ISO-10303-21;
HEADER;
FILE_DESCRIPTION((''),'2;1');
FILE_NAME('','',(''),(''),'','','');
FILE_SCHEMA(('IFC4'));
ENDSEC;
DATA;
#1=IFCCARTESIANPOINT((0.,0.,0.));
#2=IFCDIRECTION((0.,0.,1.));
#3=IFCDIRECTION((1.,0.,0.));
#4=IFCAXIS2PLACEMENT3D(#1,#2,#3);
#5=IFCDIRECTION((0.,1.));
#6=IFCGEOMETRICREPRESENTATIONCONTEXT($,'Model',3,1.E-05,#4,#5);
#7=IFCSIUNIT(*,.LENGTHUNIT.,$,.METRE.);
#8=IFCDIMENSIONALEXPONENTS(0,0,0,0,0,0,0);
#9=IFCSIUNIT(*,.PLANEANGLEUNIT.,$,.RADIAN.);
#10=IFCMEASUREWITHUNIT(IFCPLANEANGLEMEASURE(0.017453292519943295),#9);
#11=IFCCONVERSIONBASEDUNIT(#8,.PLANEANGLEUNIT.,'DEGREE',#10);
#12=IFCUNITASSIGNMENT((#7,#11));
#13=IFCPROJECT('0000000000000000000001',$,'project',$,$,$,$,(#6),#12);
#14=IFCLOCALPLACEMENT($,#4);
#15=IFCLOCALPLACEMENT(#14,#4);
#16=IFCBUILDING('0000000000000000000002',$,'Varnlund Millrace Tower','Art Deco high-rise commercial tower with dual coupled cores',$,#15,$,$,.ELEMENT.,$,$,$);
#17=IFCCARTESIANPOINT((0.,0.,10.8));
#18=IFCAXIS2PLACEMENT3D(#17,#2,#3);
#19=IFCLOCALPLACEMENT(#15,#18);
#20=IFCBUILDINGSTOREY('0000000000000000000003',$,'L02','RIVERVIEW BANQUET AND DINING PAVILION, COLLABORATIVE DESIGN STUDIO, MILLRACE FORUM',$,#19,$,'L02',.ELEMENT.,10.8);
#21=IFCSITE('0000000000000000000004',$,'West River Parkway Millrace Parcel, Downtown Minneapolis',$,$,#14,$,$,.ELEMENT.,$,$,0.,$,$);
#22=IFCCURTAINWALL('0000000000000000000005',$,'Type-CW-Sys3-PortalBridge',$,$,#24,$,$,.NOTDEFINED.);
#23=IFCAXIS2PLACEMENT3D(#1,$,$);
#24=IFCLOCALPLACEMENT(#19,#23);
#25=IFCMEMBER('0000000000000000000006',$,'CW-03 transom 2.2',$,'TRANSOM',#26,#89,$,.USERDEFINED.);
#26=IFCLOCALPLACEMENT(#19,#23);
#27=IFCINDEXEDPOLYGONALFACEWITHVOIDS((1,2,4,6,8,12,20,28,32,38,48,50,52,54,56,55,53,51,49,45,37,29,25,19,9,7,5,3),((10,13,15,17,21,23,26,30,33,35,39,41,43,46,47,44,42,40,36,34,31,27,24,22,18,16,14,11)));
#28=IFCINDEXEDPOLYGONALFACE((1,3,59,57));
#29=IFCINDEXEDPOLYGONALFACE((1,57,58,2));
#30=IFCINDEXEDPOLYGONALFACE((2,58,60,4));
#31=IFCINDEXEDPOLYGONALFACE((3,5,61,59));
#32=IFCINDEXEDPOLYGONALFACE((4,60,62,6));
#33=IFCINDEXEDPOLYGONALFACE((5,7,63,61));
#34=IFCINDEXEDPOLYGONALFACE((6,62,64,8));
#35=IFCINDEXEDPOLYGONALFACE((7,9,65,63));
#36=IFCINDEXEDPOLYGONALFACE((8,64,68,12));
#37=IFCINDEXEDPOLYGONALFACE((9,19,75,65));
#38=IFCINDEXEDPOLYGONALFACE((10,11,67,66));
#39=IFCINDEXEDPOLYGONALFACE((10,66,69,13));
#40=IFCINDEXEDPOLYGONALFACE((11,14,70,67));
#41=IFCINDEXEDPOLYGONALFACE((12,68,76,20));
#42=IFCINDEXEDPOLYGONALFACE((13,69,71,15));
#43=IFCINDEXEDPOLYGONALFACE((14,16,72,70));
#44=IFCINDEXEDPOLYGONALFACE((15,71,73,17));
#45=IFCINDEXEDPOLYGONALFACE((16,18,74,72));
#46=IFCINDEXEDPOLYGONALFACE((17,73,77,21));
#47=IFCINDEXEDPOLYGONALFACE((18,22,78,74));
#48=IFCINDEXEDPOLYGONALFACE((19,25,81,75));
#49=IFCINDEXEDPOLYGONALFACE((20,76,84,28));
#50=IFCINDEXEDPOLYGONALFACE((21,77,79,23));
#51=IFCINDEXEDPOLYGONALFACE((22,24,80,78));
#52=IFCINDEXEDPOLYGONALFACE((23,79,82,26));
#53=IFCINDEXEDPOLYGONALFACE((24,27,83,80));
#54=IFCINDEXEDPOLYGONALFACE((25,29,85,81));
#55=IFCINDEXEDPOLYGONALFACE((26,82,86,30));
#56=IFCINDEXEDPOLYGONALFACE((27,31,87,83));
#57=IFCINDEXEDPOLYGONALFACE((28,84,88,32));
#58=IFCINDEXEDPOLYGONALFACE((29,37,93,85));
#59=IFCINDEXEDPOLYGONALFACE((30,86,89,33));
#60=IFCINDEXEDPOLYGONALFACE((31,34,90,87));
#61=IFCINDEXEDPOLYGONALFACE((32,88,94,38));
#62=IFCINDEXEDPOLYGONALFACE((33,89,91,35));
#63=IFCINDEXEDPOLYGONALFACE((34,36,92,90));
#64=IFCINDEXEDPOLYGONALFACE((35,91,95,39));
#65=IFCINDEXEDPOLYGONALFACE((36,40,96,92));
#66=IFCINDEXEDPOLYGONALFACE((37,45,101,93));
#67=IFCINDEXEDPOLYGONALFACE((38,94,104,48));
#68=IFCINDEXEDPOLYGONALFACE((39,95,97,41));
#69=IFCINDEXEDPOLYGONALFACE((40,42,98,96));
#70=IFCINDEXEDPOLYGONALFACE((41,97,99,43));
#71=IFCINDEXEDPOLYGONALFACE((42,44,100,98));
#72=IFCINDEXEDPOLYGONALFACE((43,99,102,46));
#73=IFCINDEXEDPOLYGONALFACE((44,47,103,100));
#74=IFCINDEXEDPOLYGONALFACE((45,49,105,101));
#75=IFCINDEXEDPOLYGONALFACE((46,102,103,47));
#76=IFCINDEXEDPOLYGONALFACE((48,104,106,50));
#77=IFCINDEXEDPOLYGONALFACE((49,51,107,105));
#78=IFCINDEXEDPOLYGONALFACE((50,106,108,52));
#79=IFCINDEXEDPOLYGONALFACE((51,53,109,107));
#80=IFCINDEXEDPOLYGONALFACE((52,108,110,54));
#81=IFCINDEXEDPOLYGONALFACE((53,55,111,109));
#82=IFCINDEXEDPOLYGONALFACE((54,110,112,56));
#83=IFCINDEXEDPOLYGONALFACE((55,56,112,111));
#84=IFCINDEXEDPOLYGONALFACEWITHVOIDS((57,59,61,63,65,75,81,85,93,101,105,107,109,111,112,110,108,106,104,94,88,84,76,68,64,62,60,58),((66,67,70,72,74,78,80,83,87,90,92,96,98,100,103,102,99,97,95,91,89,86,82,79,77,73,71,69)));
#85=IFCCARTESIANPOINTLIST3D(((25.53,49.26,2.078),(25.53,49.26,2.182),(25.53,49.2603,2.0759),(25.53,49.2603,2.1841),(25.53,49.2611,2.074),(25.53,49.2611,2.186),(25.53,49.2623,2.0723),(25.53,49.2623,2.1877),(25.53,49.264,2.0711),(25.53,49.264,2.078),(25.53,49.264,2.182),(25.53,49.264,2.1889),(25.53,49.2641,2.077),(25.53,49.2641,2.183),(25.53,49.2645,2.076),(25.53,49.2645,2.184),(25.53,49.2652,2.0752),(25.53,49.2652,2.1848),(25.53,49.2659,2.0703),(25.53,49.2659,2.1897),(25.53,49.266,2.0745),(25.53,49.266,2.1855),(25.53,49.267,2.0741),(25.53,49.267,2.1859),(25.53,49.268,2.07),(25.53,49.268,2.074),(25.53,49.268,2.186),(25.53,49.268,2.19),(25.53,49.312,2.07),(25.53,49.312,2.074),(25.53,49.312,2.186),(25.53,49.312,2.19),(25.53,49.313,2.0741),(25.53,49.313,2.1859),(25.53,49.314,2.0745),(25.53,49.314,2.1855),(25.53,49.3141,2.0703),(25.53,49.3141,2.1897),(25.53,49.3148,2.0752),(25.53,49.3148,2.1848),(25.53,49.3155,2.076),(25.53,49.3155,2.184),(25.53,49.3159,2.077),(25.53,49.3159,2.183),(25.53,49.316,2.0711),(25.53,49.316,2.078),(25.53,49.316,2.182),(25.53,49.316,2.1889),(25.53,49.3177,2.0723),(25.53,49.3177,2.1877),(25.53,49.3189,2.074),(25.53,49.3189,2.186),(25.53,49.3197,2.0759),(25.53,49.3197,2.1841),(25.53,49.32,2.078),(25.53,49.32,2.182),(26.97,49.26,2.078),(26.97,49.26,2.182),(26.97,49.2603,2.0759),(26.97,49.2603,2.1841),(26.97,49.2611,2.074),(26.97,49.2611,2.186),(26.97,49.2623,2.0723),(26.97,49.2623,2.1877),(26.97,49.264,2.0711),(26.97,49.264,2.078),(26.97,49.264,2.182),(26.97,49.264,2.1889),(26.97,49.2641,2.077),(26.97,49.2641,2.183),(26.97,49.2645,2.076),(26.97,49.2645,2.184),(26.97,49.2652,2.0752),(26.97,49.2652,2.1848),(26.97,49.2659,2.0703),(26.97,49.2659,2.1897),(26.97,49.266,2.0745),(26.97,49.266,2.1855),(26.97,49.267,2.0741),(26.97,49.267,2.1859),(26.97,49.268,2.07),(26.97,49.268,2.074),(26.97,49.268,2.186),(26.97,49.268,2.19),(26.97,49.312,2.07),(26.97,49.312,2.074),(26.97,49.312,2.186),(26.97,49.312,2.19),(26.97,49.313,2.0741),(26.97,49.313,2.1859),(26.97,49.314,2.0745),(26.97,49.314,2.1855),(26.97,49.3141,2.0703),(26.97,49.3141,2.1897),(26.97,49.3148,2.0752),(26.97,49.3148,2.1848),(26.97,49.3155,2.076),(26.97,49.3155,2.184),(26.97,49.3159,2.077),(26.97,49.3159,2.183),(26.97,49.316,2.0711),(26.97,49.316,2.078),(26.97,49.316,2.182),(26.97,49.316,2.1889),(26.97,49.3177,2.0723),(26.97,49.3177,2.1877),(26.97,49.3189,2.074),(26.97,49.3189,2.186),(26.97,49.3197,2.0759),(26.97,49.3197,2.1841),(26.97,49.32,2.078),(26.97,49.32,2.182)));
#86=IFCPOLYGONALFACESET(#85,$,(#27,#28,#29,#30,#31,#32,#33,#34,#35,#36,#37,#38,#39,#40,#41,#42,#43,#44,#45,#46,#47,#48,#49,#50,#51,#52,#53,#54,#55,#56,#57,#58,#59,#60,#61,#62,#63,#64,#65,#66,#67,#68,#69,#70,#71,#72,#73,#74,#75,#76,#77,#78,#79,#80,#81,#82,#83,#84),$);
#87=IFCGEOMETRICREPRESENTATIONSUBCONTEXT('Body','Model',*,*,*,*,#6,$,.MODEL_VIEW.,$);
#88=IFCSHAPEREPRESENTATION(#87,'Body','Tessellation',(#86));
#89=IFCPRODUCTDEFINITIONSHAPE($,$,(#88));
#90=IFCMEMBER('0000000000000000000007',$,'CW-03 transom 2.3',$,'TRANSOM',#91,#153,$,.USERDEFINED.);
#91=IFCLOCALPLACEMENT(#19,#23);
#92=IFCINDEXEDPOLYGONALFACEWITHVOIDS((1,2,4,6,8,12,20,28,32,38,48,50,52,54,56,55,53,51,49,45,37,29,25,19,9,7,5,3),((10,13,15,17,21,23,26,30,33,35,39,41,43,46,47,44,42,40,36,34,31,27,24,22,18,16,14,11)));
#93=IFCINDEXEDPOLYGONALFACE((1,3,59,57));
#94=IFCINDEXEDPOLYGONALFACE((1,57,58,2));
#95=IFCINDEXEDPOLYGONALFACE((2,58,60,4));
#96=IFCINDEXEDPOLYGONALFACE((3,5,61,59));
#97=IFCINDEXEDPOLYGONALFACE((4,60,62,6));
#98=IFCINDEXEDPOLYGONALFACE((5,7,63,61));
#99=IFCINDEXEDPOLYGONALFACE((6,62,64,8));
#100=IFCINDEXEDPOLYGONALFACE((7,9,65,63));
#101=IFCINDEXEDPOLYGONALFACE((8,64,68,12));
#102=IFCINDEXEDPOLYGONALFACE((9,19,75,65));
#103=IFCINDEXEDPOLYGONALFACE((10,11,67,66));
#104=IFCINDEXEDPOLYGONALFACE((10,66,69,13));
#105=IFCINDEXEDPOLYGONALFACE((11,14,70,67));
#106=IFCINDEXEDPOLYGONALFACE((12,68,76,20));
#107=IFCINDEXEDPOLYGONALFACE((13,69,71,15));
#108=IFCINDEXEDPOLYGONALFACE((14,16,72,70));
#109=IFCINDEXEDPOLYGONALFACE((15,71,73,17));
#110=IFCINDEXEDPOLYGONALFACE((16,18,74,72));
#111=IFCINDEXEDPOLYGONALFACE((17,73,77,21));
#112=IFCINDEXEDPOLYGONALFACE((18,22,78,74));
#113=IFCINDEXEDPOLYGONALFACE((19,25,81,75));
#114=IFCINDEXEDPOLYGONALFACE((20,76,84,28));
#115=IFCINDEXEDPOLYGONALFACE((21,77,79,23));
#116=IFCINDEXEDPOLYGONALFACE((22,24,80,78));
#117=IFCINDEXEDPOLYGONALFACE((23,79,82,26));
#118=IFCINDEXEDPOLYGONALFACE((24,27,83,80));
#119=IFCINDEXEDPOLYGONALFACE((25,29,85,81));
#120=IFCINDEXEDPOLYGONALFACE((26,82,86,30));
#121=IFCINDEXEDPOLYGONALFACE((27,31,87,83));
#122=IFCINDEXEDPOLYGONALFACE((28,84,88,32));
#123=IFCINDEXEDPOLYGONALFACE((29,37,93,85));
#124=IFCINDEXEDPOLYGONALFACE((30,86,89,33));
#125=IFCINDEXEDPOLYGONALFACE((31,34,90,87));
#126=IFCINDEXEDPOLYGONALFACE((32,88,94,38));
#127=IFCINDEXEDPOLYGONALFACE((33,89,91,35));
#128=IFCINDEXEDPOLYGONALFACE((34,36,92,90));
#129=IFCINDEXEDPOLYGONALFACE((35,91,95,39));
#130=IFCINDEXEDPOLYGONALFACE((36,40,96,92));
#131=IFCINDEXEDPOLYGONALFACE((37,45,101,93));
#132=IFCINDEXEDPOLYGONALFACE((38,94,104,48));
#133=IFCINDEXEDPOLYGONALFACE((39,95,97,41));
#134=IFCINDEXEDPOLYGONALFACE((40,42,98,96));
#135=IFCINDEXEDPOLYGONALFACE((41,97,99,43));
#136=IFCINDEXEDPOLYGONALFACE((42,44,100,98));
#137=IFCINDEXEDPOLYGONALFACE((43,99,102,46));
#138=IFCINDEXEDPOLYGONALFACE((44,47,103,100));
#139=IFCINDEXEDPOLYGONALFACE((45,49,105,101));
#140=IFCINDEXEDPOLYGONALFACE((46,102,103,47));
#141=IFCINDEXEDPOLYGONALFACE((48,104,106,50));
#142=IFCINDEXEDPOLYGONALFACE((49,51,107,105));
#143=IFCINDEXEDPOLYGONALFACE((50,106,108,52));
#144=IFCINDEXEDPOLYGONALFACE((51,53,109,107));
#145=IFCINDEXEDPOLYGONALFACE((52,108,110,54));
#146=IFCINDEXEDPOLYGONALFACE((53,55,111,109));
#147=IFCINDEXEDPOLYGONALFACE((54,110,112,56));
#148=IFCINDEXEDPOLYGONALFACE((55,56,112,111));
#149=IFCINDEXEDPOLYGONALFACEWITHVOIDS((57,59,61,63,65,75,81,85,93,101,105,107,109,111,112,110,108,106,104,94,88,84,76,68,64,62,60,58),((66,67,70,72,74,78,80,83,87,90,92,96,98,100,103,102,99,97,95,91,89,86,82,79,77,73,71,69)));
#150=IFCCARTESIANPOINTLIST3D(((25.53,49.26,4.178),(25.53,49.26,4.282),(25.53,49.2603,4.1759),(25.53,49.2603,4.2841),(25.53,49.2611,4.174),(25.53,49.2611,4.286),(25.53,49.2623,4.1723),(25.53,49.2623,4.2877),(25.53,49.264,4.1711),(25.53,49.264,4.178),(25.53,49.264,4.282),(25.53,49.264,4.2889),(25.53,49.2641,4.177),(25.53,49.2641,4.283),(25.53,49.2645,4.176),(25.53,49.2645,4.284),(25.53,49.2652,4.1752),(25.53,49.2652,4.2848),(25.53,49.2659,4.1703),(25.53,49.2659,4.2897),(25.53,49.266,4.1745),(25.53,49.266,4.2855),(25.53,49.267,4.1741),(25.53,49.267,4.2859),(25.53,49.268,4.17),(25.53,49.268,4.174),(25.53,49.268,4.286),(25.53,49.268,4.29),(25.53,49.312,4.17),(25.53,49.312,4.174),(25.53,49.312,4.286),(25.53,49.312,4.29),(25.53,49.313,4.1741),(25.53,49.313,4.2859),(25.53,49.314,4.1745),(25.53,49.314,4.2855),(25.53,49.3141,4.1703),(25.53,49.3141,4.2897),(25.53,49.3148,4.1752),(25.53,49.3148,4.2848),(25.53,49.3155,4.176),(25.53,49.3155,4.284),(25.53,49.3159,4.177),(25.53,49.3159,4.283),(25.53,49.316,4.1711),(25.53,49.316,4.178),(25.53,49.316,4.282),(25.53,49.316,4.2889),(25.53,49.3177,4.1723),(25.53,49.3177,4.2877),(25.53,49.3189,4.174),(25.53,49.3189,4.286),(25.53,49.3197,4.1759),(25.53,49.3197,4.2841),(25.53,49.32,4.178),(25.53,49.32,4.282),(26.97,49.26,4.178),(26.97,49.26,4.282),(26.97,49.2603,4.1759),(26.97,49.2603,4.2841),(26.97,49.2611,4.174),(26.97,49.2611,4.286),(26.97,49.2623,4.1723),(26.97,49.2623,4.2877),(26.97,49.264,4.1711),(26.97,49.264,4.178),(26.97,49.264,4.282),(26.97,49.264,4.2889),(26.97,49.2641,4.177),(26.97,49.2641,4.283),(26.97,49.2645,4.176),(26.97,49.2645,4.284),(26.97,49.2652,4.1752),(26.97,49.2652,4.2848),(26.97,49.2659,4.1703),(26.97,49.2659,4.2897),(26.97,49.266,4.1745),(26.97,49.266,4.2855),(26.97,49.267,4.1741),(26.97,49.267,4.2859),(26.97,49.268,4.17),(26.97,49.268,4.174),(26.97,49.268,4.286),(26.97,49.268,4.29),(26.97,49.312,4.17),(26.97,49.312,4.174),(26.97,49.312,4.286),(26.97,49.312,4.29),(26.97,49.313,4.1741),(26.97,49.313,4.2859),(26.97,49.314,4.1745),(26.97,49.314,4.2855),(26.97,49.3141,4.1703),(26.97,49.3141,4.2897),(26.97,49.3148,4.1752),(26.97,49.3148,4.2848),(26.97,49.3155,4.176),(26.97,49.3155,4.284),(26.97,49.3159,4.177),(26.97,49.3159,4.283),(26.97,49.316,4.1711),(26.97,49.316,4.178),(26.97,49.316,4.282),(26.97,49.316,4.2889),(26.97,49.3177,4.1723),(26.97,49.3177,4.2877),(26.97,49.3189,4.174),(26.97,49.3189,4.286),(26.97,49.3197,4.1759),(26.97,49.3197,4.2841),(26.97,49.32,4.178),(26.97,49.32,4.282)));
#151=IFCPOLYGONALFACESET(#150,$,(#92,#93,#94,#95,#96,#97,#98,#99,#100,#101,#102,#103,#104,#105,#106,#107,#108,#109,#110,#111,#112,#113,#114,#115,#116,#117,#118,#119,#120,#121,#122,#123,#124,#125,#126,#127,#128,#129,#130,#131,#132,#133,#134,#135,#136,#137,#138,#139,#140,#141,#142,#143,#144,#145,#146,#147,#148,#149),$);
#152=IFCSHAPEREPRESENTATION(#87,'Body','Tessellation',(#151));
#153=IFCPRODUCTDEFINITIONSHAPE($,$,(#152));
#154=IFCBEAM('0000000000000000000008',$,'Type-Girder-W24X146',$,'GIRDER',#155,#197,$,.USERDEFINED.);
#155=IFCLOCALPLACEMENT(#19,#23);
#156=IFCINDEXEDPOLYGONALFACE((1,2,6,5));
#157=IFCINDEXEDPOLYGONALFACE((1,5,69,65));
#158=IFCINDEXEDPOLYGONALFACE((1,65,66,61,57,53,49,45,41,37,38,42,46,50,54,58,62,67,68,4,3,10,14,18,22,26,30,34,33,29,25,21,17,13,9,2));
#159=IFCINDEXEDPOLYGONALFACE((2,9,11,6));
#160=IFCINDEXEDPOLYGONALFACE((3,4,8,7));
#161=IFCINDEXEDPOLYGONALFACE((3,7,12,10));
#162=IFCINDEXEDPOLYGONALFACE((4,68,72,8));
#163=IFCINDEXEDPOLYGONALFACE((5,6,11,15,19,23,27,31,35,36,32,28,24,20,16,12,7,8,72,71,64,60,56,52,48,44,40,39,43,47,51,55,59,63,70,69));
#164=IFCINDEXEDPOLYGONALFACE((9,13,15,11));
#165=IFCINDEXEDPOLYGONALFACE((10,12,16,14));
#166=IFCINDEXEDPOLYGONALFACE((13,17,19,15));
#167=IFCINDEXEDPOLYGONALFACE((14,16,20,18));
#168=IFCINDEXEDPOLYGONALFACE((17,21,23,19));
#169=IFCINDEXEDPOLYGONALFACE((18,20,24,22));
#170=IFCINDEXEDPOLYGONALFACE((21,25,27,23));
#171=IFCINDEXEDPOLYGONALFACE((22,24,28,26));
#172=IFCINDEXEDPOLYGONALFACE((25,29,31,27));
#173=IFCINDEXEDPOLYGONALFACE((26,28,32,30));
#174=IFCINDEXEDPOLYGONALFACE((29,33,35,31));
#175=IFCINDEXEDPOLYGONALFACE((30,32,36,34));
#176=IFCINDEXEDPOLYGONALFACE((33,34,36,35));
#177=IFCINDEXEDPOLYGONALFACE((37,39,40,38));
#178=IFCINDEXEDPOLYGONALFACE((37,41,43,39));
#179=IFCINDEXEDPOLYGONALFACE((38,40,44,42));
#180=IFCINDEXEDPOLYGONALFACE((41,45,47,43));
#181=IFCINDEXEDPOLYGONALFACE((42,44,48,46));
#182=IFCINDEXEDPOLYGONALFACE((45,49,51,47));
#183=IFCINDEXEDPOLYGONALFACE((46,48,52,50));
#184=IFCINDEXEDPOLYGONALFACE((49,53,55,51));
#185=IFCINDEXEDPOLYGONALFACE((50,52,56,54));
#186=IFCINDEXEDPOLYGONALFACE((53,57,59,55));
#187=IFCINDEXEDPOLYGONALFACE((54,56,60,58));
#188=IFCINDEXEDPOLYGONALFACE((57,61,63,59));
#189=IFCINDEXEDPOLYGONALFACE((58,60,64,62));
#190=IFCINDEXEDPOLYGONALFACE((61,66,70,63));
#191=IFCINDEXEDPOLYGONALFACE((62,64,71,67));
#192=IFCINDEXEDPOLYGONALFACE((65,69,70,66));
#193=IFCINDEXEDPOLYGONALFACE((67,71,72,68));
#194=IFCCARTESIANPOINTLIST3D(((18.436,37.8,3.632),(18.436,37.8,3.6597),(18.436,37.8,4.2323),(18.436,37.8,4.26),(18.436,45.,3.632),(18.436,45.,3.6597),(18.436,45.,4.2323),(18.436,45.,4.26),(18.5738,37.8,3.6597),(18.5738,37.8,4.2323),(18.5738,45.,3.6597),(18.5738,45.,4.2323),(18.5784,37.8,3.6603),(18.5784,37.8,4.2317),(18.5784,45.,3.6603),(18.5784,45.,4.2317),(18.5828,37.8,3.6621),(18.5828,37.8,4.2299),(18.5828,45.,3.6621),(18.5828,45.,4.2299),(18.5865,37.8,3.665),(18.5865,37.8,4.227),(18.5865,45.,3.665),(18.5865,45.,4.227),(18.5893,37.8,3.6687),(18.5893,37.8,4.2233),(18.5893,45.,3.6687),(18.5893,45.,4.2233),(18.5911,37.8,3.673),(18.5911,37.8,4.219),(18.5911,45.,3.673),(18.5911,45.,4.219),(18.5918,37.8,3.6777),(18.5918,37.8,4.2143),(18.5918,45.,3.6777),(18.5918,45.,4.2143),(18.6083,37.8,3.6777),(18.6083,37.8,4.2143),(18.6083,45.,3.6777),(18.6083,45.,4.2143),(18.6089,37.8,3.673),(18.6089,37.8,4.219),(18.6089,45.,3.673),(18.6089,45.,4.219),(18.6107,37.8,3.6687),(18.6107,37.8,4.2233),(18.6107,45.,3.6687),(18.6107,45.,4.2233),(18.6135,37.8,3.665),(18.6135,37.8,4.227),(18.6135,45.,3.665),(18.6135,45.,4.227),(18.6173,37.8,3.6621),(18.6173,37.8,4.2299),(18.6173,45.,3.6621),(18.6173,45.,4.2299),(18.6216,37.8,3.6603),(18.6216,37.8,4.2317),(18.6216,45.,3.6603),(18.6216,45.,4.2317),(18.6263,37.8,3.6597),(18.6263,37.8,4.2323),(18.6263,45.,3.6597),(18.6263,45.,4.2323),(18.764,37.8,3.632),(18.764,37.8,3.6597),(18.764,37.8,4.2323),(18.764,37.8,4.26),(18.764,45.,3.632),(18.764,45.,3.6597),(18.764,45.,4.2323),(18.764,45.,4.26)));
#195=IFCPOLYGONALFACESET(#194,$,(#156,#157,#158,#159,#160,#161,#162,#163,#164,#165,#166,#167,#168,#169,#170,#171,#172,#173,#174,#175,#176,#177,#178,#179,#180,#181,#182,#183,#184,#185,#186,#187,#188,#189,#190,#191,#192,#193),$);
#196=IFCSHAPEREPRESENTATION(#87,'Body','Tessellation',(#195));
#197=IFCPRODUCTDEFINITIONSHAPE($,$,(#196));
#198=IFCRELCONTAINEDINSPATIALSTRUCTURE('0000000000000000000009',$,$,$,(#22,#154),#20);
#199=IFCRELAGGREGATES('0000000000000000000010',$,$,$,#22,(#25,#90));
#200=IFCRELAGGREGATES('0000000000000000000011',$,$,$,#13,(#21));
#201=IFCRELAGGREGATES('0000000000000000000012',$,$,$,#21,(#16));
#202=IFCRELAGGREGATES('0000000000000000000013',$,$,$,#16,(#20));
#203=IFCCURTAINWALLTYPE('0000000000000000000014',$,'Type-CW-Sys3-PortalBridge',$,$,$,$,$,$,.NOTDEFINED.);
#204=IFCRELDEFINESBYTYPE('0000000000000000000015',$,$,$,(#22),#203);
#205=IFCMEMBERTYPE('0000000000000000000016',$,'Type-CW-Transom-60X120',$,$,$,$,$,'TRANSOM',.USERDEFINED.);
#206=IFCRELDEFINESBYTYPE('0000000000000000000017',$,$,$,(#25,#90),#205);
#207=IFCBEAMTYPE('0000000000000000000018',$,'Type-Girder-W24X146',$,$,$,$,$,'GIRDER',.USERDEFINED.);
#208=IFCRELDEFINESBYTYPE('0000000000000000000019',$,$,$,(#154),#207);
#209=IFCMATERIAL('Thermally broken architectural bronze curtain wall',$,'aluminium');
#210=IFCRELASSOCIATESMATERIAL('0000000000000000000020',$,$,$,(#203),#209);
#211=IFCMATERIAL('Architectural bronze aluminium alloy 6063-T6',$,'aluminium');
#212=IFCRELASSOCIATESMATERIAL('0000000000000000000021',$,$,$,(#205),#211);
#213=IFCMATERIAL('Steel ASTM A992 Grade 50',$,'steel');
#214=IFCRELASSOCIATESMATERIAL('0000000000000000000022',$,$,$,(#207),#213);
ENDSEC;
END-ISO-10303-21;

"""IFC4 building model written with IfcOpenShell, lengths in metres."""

from ifc_helpers import new_model, entity, si_unit, converted_unit, direction, frame, origin_with_axes, origin_2d_with_axis, place, context, subcontext, project, spatial, hollow_rectangle, i_section, extrude, material, material_profile, profile_set, type_object, element, aggregate, save


model = new_model("IFC4")

# Units and contexts
model_context = context("Model", 3, precision=1e-05, world=origin_with_axes(), true_north=direction((0.0, 1.0)))
body_context = subcontext(model_context, "Body", "Model", "MODEL_VIEW")
ifc_project = project(units=[si_unit("LENGTHUNIT", "METRE"), converted_unit("PLANEANGLEUNIT", "DEGREE", entity("IfcPlaneAngleMeasure", 0.017453292519943295), si_unit("PLANEANGLEUNIT", "RADIAN"), dimensions=[0, 0, 0, 0, 0, 0, 0])], contexts=[model_context])

# Site, building, storey
site_placement = place(None, origin_with_axes())
site = spatial("IfcSite", under=ifc_project, at=site_placement, Name="West River Parkway Millrace Parcel, Downtown Minneapolis", CompositionType="ELEMENT", RefElevation=0.0)
building_placement = place(site_placement, origin_with_axes())
building = spatial("IfcBuilding", under=site, at=building_placement, Name="Varnlund Millrace Tower", Description="Art Deco high-rise commercial tower with dual coupled cores", CompositionType="ELEMENT")
storey_placement = place(building_placement, frame((0.0, 0.0, 10.8), z_axis=(0.0, 0.0, 1.0), x_axis=(1.0, 0.0, 0.0)))
storey = spatial("IfcBuildingStorey", under=building, at=storey_placement, Name="L02", Description="RIVERVIEW BANQUET AND DINING PAVILION, COLLABORATIVE DESIGN STUDIO, MILLRACE FORUM", LongName="L02", CompositionType="ELEMENT", Elevation=10.8)

# Curtain wall, members
ifc_material_1 = material(Name="Thermally broken architectural bronze curtain wall", Category="aluminium")
curtain_wall_type = type_object("IfcCurtainWallType", Name="Type-CW-Sys3-PortalBridge", PredefinedType="NOTDEFINED", material=ifc_material_1)
curtain_wall_placement = place(storey_placement, frame((24.0, 49.29, 0.0), z_axis=(0.0, 0.0, 1.0), x_axis=(1.0, 0.0, 0.0)))
curtain_wall = element("IfcCurtainWall", 1, at=curtain_wall_placement, inside=storey, type_object=curtain_wall_type, Name="Type-CW-Sys3-PortalBridge", PredefinedType="NOTDEFINED")
ifc_material_2 = material(Name="Architectural bronze aluminium alloy 6063-T6", Category="aluminium")
ifc_material_profile_1 = material_profile(ifc_material_2, hollow_rectangle(XDim=0.06, YDim=0.12, WallThickness=0.004, InnerFilletRadius=0.004, OuterFilletRadius=0.008, at=origin_2d_with_axis()), Name="Architectural bronze aluminium alloy 6063-T6")
ifc_profile_set_1 = profile_set([ifc_material_profile_1], Name="Architectural bronze aluminium alloy 6063-T6")
member_type_1 = type_object("IfcMemberType", Name="Type-CW-Transom-60X120", ElementType="TRANSOM", PredefinedType="USERDEFINED", material=ifc_profile_set_1)
member_1_placement = place(storey_placement, frame((25.53, 49.29, 2.13), z_axis=(1.0, 0.0, 0.0), x_axis=(0.0, 1.0, 0.0)))
member_1 = element("IfcMember", 2, at=member_1_placement, type_object=member_type_1, Name="CW-03 transom 2.2", ObjectType="TRANSOM", PredefinedType="USERDEFINED", context=body_context, shape_type="SweptSolid", body=[
    extrude(hollow_rectangle(XDim=0.06, YDim=0.12, WallThickness=0.004, InnerFilletRadius=0.004, OuterFilletRadius=0.008, at=origin_2d_with_axis()), origin_with_axes(), (0.0, 0.0, 1.0), 1.44),
])
member_2_placement = place(storey_placement, frame((25.53, 49.29, 4.23), z_axis=(1.0, 0.0, 0.0), x_axis=(0.0, 1.0, 0.0)))
member_2 = element("IfcMember", 3, at=member_2_placement, type_object=member_type_1, Name="CW-03 transom 2.3", ObjectType="TRANSOM", PredefinedType="USERDEFINED", context=body_context, shape_type="SweptSolid", body=[
    extrude(hollow_rectangle(XDim=0.06, YDim=0.12, WallThickness=0.004, InnerFilletRadius=0.004, OuterFilletRadius=0.008, at=origin_2d_with_axis()), origin_with_axes(), (0.0, 0.0, 1.0), 1.44),
])

# Beam
ifc_material_3 = material(Name="Steel ASTM A992 Grade 50", Category="steel")
ifc_material_profile_2 = material_profile(ifc_material_3, i_section(OverallWidth=0.328, OverallDepth=0.628, WebThickness=0.0165, FlangeThickness=0.0277, FilletRadius=0.018, at=origin_2d_with_axis()), Name="Steel ASTM A992 Grade 50")
ifc_profile_set_2 = profile_set([ifc_material_profile_2], Name="Steel ASTM A992 Grade 50")
beam_type_1 = type_object("IfcBeamType", Name="Type-Girder-W24X146", ElementType="GIRDER", PredefinedType="USERDEFINED", material=ifc_profile_set_2)
beam_1_placement = place(storey_placement, frame((18.6, 37.8, 3.946), z_axis=(0.0, 1.0, 0.0), x_axis=(-1.0, 0.0, 0.0)))
element("IfcBeam", 4, at=beam_1_placement, inside=storey, type_object=beam_type_1, Name="Type-Girder-W24X146", ObjectType="GIRDER", PredefinedType="USERDEFINED", context=body_context, shape_type="SweptSolid", body=[
    extrude(i_section(OverallWidth=0.328, OverallDepth=0.628, WebThickness=0.0165, FlangeThickness=0.0277, FilletRadius=0.018, at=origin_2d_with_axis()), origin_with_axes(), (0.0, 0.0, 1.0), 7.2),
])

aggregate(curtain_wall, [member_1, member_2])

save(model, "model.ifc")
